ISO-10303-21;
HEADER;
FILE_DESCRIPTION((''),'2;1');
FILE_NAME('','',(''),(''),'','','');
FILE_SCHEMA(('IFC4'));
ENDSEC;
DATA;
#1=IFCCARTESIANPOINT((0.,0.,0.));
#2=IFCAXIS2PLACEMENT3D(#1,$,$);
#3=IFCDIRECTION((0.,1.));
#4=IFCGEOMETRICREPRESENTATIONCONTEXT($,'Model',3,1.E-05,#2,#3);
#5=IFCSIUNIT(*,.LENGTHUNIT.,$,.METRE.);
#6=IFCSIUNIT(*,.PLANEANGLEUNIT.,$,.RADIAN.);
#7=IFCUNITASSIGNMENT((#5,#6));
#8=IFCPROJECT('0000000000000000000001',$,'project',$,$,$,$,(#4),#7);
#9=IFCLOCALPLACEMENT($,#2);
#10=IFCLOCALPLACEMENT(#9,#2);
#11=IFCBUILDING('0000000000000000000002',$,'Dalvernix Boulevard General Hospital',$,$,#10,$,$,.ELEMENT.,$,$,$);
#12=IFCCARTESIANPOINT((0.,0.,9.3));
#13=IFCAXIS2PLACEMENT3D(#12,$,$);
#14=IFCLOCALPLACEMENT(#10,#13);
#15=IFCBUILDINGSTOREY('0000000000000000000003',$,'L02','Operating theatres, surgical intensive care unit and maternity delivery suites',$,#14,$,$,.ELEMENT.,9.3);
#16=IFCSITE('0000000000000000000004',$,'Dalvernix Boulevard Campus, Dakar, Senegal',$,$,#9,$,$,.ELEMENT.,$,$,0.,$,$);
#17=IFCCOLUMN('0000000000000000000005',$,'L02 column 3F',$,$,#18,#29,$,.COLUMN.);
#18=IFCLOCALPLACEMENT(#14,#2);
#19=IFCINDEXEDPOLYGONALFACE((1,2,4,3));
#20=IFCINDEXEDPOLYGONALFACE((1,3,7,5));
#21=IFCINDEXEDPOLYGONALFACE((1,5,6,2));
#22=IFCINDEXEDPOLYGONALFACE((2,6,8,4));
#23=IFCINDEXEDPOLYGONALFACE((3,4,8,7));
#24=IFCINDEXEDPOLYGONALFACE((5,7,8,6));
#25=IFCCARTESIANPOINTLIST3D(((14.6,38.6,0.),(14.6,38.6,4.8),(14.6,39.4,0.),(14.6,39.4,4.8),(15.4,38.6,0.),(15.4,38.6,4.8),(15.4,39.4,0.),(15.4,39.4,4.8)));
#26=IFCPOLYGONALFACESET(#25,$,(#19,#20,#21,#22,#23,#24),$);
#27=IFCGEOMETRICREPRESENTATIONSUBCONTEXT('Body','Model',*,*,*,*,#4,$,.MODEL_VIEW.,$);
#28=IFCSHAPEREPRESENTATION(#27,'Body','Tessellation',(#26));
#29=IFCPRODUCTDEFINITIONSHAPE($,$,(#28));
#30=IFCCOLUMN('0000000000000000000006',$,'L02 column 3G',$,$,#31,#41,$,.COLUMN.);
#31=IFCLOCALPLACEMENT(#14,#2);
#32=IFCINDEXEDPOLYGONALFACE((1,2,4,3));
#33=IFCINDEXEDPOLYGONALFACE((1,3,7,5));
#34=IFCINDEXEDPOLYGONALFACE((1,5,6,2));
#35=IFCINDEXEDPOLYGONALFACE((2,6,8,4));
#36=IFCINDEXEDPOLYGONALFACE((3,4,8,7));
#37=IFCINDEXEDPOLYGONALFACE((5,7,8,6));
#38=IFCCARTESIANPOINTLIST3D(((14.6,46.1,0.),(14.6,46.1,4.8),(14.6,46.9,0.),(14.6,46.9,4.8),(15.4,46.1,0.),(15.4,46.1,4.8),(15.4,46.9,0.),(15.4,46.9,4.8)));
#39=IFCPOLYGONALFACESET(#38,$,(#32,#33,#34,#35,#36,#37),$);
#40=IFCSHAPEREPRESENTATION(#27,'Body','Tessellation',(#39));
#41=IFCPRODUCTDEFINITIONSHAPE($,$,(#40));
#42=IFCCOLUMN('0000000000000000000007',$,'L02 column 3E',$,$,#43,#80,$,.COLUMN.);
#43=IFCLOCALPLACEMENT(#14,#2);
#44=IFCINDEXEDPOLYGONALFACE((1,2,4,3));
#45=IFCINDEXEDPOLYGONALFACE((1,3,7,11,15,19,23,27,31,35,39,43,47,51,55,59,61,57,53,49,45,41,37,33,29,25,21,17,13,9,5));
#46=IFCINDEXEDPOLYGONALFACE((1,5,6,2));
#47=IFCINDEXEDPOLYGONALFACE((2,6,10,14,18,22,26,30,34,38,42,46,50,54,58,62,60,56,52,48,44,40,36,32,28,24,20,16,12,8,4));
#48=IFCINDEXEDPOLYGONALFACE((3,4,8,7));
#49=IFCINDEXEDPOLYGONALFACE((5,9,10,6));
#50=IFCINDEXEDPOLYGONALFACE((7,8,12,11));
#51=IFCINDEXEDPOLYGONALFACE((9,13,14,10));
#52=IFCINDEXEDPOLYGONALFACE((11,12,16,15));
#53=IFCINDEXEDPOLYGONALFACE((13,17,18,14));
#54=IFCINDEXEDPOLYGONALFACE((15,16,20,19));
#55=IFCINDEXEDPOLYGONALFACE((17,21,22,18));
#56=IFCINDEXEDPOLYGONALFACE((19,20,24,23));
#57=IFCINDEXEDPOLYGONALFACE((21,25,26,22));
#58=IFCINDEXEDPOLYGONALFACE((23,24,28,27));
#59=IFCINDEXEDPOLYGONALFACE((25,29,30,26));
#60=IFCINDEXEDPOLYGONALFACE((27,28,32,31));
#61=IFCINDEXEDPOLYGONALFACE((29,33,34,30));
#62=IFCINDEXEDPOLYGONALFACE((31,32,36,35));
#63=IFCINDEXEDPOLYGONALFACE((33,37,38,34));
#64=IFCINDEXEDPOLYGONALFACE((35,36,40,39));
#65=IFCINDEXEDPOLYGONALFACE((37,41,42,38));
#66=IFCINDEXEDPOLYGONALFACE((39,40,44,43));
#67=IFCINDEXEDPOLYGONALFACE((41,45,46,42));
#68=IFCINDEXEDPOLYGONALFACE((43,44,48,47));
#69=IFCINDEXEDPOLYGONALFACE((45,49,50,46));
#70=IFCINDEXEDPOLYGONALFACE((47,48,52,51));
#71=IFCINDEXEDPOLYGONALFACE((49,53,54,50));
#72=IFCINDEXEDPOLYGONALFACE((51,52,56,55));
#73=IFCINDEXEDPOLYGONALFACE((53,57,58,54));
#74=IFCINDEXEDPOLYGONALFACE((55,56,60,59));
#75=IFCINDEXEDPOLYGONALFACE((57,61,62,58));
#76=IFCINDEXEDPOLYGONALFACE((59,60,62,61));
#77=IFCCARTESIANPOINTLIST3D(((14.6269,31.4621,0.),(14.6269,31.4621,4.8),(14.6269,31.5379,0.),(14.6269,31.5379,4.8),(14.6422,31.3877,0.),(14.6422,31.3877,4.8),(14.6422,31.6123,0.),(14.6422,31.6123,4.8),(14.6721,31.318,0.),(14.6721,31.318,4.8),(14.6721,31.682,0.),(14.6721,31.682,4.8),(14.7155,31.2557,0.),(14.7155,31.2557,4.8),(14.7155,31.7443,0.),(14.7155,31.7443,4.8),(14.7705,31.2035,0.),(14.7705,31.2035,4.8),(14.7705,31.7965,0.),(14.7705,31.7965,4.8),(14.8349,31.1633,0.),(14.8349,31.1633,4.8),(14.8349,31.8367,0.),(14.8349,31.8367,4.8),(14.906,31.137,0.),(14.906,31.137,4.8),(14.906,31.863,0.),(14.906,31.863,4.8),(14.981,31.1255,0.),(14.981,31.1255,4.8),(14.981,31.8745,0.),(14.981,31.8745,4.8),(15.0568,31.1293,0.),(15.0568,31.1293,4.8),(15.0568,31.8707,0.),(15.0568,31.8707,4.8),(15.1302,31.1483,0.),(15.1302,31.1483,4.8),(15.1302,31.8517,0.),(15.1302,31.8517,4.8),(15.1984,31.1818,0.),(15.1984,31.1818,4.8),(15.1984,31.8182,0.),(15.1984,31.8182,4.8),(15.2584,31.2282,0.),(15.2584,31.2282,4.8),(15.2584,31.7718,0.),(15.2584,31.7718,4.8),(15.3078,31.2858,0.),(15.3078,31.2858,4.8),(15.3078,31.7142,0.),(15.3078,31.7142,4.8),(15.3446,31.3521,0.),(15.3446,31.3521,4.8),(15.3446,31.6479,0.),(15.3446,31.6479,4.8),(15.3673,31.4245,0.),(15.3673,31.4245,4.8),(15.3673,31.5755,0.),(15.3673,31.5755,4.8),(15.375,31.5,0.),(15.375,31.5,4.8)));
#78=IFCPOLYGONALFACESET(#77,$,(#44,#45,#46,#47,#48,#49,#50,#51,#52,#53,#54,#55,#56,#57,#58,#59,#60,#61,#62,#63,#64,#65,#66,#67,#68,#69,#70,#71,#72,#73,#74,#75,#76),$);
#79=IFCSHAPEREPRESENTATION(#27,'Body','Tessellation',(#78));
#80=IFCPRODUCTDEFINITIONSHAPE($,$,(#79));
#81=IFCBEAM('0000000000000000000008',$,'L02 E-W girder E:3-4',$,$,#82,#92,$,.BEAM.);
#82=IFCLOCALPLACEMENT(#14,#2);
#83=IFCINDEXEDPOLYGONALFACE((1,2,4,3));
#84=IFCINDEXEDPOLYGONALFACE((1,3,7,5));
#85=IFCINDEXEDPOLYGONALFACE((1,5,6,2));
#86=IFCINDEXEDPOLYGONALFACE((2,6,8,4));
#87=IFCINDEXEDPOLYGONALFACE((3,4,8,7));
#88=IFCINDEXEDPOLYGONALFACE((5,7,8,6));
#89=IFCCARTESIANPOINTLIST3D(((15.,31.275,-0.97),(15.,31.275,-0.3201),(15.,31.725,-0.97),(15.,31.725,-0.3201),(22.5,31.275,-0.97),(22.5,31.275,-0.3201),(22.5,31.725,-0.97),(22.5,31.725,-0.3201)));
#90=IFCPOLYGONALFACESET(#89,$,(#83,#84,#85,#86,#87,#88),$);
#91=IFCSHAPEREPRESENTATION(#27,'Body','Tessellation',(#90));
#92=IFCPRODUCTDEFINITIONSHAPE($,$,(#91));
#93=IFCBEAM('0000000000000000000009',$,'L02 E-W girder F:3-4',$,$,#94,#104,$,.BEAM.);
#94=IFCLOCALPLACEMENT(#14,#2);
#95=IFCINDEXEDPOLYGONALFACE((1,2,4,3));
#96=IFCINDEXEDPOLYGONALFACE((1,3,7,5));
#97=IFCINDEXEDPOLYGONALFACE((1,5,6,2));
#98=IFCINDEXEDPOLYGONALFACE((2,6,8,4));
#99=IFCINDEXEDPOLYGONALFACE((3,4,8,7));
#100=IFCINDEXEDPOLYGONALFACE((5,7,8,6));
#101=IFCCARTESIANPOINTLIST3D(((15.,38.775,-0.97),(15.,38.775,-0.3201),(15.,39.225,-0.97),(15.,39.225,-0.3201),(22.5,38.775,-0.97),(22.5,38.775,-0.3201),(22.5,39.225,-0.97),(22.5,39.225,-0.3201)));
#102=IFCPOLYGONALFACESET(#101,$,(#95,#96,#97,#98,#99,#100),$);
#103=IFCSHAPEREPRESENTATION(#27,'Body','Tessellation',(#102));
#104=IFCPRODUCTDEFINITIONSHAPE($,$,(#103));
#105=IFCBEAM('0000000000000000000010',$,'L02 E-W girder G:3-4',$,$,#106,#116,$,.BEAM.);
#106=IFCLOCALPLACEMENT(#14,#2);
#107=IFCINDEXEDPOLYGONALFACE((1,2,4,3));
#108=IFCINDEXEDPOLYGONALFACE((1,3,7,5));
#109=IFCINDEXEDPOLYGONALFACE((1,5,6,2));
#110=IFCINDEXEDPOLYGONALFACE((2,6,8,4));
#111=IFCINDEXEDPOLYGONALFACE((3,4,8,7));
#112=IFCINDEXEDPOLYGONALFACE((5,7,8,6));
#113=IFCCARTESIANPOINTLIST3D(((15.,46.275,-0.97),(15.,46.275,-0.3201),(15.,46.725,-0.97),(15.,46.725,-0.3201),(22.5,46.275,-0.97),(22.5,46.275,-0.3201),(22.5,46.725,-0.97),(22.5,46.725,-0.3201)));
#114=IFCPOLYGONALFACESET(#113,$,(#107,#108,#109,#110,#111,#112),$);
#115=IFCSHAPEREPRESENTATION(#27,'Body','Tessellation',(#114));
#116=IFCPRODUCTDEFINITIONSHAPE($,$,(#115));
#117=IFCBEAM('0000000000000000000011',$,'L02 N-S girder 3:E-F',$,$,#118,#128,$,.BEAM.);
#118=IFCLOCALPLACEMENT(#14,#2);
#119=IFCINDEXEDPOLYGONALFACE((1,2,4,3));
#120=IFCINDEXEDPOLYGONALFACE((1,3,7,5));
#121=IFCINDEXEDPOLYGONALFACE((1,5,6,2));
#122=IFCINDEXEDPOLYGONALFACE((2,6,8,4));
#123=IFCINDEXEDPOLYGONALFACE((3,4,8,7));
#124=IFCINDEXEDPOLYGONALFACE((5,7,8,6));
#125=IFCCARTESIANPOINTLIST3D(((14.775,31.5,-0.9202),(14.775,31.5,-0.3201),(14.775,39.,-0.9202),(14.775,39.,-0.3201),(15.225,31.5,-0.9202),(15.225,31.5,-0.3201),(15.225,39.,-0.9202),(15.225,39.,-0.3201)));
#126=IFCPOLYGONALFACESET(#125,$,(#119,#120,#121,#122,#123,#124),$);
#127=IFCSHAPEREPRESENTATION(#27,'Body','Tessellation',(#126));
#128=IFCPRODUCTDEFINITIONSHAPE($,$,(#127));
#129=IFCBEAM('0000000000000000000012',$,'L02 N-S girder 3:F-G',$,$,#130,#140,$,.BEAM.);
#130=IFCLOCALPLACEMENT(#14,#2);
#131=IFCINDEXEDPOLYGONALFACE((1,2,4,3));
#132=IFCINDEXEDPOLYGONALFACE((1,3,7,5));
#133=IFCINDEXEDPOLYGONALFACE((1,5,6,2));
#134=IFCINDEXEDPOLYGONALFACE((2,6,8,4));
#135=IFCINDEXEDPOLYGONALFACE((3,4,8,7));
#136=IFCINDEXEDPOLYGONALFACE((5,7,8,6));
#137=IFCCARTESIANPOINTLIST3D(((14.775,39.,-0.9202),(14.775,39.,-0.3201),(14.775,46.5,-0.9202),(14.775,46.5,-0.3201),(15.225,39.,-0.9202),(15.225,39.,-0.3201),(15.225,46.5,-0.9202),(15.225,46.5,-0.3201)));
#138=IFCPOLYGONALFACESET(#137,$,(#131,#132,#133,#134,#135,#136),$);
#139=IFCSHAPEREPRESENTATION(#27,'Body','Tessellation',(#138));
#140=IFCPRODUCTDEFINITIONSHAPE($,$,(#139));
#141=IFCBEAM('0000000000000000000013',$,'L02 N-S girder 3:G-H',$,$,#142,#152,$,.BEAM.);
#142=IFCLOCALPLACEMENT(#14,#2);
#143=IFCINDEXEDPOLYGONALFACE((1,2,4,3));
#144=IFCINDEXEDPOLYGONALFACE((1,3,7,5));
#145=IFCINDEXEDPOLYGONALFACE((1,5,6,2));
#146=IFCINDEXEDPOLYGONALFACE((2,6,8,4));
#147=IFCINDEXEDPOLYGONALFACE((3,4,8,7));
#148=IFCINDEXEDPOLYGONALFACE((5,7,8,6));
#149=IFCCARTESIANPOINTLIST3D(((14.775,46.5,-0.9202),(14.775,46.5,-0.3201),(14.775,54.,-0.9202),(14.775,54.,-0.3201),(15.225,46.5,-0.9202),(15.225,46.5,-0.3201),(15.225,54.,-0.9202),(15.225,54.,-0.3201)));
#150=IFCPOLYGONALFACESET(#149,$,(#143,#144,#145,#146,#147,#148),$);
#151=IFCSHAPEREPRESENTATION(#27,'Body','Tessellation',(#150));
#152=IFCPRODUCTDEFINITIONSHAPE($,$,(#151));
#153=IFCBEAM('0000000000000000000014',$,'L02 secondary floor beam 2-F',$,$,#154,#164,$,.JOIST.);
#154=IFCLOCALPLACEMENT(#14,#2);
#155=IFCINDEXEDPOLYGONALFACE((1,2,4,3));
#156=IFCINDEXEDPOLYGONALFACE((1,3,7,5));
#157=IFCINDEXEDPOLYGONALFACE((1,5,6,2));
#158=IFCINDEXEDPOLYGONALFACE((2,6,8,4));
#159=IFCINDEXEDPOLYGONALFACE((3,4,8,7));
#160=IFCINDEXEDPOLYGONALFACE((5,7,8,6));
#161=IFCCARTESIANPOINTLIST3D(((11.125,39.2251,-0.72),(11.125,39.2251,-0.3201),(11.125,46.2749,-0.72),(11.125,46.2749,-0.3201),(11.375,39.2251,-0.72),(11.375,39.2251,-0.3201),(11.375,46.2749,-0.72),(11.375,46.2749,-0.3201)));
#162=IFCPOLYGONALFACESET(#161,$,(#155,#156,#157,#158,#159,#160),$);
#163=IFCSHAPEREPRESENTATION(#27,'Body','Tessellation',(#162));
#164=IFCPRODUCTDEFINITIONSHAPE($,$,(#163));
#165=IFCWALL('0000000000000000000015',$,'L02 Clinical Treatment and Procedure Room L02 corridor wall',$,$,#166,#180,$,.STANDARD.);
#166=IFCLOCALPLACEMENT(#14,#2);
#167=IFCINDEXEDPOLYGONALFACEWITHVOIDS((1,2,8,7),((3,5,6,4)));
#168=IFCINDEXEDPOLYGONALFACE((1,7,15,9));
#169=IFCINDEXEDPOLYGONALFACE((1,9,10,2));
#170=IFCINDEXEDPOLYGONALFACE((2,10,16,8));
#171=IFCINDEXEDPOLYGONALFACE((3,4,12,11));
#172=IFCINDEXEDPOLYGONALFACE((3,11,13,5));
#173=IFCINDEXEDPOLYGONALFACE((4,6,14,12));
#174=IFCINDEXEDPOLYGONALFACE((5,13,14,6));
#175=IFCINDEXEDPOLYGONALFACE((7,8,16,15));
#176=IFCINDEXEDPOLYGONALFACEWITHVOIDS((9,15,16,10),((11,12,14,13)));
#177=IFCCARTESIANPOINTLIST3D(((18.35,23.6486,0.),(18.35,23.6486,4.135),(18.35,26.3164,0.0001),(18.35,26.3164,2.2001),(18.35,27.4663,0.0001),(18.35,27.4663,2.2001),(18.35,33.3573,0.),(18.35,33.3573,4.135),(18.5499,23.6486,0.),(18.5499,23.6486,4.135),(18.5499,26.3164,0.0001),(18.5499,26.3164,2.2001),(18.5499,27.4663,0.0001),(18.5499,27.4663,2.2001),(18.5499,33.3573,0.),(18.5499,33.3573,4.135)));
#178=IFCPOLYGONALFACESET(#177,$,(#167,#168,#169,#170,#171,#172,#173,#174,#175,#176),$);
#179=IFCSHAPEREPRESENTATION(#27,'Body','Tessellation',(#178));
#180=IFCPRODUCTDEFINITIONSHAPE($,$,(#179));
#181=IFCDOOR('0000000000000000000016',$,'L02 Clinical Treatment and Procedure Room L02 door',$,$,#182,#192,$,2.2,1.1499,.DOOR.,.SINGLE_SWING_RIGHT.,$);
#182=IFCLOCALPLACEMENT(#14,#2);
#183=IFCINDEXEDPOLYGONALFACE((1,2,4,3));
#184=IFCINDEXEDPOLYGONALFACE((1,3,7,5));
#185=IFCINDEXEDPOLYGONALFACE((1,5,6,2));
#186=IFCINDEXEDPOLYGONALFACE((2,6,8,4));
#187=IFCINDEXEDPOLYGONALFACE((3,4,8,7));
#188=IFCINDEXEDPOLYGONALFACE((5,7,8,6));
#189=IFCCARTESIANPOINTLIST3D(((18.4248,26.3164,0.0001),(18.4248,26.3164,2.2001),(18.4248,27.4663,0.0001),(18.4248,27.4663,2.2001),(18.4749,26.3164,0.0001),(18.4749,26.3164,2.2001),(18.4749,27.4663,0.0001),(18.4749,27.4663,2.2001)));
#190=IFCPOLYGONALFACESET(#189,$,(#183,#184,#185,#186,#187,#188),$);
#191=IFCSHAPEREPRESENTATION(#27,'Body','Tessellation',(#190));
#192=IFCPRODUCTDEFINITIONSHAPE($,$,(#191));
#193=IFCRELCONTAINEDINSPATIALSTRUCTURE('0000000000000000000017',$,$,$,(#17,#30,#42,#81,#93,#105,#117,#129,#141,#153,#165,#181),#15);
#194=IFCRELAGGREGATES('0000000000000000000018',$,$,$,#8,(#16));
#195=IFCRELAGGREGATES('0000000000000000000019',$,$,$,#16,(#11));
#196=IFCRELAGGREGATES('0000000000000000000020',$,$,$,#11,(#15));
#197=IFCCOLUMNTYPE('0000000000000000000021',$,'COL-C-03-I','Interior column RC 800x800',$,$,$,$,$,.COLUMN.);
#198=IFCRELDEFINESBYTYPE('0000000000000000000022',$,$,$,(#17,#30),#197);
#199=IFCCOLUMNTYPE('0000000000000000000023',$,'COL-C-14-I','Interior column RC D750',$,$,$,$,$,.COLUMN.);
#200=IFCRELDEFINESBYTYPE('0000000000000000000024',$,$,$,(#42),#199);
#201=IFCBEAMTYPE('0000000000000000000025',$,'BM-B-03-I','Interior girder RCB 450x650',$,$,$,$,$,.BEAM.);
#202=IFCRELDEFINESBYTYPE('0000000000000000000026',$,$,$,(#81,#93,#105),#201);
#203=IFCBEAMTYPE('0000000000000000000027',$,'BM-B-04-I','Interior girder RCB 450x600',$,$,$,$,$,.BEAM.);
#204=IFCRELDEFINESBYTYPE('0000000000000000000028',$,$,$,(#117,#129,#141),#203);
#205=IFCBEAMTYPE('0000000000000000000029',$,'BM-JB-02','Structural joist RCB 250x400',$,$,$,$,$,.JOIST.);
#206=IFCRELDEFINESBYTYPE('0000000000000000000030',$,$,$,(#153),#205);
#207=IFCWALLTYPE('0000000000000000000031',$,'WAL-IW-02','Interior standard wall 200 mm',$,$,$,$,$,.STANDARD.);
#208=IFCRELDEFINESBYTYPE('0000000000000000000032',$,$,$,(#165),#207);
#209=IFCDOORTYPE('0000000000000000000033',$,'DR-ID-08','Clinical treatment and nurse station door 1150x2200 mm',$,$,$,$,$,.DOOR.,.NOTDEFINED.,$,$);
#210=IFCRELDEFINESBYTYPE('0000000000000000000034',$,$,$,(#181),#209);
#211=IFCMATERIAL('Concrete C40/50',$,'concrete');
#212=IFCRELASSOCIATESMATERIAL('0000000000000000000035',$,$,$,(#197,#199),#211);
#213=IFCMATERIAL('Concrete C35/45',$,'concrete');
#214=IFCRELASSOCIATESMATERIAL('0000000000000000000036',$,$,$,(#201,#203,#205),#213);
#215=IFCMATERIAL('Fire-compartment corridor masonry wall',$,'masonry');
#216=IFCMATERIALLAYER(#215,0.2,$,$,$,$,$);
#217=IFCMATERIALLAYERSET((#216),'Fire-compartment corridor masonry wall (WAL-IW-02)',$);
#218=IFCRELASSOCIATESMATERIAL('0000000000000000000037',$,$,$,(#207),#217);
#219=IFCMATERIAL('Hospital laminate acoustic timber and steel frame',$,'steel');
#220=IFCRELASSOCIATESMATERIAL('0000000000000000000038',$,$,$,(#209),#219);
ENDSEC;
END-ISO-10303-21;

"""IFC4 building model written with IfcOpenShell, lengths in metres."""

from ifc_helpers import new_model, si_unit, direction, frame, frame_2d, origin, origin_2d, place, context, subcontext, project, spatial, rectangle, circle, extrude, material, layer, layer_set, material_profile, profile_set, type_object, element, fill, save


model = new_model("IFC4")

# Units and contexts
model_context = context("Model", 3, precision=1e-05, world=origin(), true_north=direction((0.0, 1.0)))
body_context = subcontext(model_context, "Body", "Model", "MODEL_VIEW")
ifc_project = project(units=[si_unit("LENGTHUNIT", "METRE"), si_unit("PLANEANGLEUNIT", "RADIAN")], contexts=[model_context])

# Site, building, storey
site_placement = place(None, origin())
site = spatial("IfcSite", under=ifc_project, at=site_placement, Name="Dalvernix Boulevard Campus, Dakar, Senegal", CompositionType="ELEMENT", RefElevation=0.0)
building_placement = place(site_placement, origin())
building = spatial("IfcBuilding", under=site, at=building_placement, Name="Dalvernix Boulevard General Hospital", CompositionType="ELEMENT")
storey_placement = place(building_placement, frame((0.0, 0.0, 9.3)))
storey = spatial("IfcBuildingStorey", under=building, at=storey_placement, Name="L02", Description="Operating theatres, surgical intensive care unit and maternity delivery suites", CompositionType="ELEMENT", Elevation=9.3)

# Columns
ifc_material_1 = material(Name="Concrete C40/50", Category="concrete")
ifc_material_profile_1 = material_profile(ifc_material_1, rectangle(XDim=0.8, YDim=0.8, at=origin_2d()), Name="RC 800x800")
ifc_profile_set_1 = profile_set([ifc_material_profile_1], Name="Concrete C40/50")
column_type_1 = type_object("IfcColumnType", Name="COL-C-03-I", Description="Interior column RC 800x800", PredefinedType="COLUMN", material=ifc_profile_set_1)
for number, where, z_axis, x_axis, name in (
    (1, (15.0, 39.0, 0.0), (0.0, 0.0, 1.0), (1.0, 0.0, 0.0), "L02 column 3F"),
    (2, (15.0, 46.5, 0.0), (0.0, 0.0, 1.0), (1.0, 0.0, 0.0), "L02 column 3G"),
):
    element("IfcColumn", number, at=place(storey_placement, frame(where, z_axis=z_axis, x_axis=x_axis)), inside=storey, type_object=column_type_1, Name=name, PredefinedType="COLUMN", context=body_context, shape_type="SweptSolid", body=[
        extrude(rectangle(XDim=0.8, YDim=0.8, at=origin_2d()), origin(), (0.0, 0.0, 1.0), 4.8),
    ])
ifc_material_profile_2 = material_profile(ifc_material_1, circle(Radius=0.375, at=origin_2d()), Name="RC D750")
ifc_profile_set_2 = profile_set([ifc_material_profile_2], Name="Concrete C40/50")
column_type_2 = type_object("IfcColumnType", Name="COL-C-14-I", Description="Interior column RC D750", PredefinedType="COLUMN", material=ifc_profile_set_2)
column_placement = place(storey_placement, frame((15.0, 31.5, 0.0), z_axis=(0.0, 0.0, 1.0), x_axis=(1.0, 0.0, 0.0)))
element("IfcColumn", 3, at=column_placement, inside=storey, type_object=column_type_2, Name="L02 column 3E", PredefinedType="COLUMN", context=body_context, shape_type="SweptSolid", body=[
    extrude(circle(Radius=0.375, at=origin_2d()), origin(), (0.0, 0.0, 1.0), 4.8),
])

# Beams
ifc_material_2 = material(Name="Concrete C35/45", Category="concrete")
ifc_material_profile_3 = material_profile(ifc_material_2, rectangle(XDim=0.45, YDim=0.6499, at=origin_2d()), Name="RCB 450x650")
ifc_profile_set_3 = profile_set([ifc_material_profile_3], Name="Concrete C35/45")
beam_type_1 = type_object("IfcBeamType", Name="BM-B-03-I", Description="Interior girder RCB 450x650", PredefinedType="BEAM", material=ifc_profile_set_3)
for number, where, z_axis, x_axis, name in (
    (4, (15.0, 31.5, -0.645), (1.0, 0.0, 0.0), (0.0, 1.0, 0.0), "L02 E-W girder E:3-4"),
    (5, (15.0, 39.0, -0.645), (1.0, 0.0, 0.0), (0.0, 1.0, 0.0), "L02 E-W girder F:3-4"),
    (6, (15.0, 46.5, -0.645), (1.0, 0.0, 0.0), (0.0, 1.0, 0.0), "L02 E-W girder G:3-4"),
):
    element("IfcBeam", number, at=place(storey_placement, frame(where, z_axis=z_axis, x_axis=x_axis)), inside=storey, type_object=beam_type_1, Name=name, PredefinedType="BEAM", context=body_context, shape_type="SweptSolid", body=[
        extrude(rectangle(XDim=0.45, YDim=0.6499, at=origin_2d()), origin(), (0.0, 0.0, 1.0), 7.5),
    ])
ifc_material_profile_4 = material_profile(ifc_material_2, rectangle(XDim=0.45, YDim=0.6001, at=origin_2d()), Name="RCB 450x600")
ifc_profile_set_4 = profile_set([ifc_material_profile_4], Name="Concrete C35/45")
beam_type_2 = type_object("IfcBeamType", Name="BM-B-04-I", Description="Interior girder RCB 450x600", PredefinedType="BEAM", material=ifc_profile_set_4)
for number, where, z_axis, x_axis, name in (
    (7, (15.0, 31.5, -0.6201), (0.0, 1.0, 0.0), (-1.0, 0.0, 0.0), "L02 N-S girder 3:E-F"),
    (8, (15.0, 39.0, -0.6201), (0.0, 1.0, 0.0), (-1.0, 0.0, 0.0), "L02 N-S girder 3:F-G"),
    (9, (15.0, 46.5, -0.6201), (0.0, 1.0, 0.0), (-1.0, 0.0, 0.0), "L02 N-S girder 3:G-H"),
):
    element("IfcBeam", number, at=place(storey_placement, frame(where, z_axis=z_axis, x_axis=x_axis)), inside=storey, type_object=beam_type_2, Name=name, PredefinedType="BEAM", context=body_context, shape_type="SweptSolid", body=[
        extrude(rectangle(XDim=0.45, YDim=0.6001, at=origin_2d()), origin(), (0.0, 0.0, 1.0), 7.5),
    ])
ifc_material_profile_5 = material_profile(ifc_material_2, rectangle(XDim=0.25, YDim=0.3999, at=origin_2d()), Name="RCB 250x400")
ifc_profile_set_5 = profile_set([ifc_material_profile_5], Name="Concrete C35/45")
beam_type_3 = type_object("IfcBeamType", Name="BM-JB-02", Description="Structural joist RCB 250x400", PredefinedType="JOIST", material=ifc_profile_set_5)
beam_placement = place(storey_placement, frame((11.25, 39.2251, -0.52), z_axis=(0.0, 1.0, 0.0), x_axis=(-1.0, 0.0, 0.0)))
element("IfcBeam", 10, at=beam_placement, inside=storey, type_object=beam_type_3, Name="L02 secondary floor beam 2-F", PredefinedType="JOIST", context=body_context, shape_type="SweptSolid", body=[
    extrude(rectangle(XDim=0.25, YDim=0.3999, at=origin_2d()), origin(), (0.0, 0.0, 1.0), 7.0498),
])

# Wall, opening, door
ifc_material_3 = material(Name="Fire-compartment corridor masonry wall", Category="masonry")
ifc_layer_1 = layer(ifc_material_3, 0.2)
ifc_layer_set_1 = layer_set([ifc_layer_1], Name="Fire-compartment corridor masonry wall (WAL-IW-02)")
wall_type_1 = type_object("IfcWallType", Name="WAL-IW-02", Description="Interior standard wall 200 mm", PredefinedType="STANDARD", material=ifc_layer_set_1)
wall_1_placement = place(storey_placement, frame((18.45, 33.3574, 0.0), z_axis=(0.0, 0.0, 1.0), x_axis=(0.0, -1.0, 0.0)))
wall_1 = element("IfcWall", 11, at=wall_1_placement, inside=storey, type_object=wall_type_1, Name="L02 Clinical Treatment and Procedure Room L02 corridor wall", PredefinedType="STANDARD", context=body_context, shape_type="SweptSolid", body=[
    extrude(rectangle(XDim=9.7087, YDim=0.2, at=frame_2d((4.8545, 0.0))), origin(), (0.0, 0.0, 1.0), 4.135),
])
opening_1_placement = place(wall_1_placement, frame((5.8911, 0.0, 0.0)))
opening_1 = element("IfcOpeningElement", 12, at=opening_1_placement, cuts=wall_1, PredefinedType="OPENING", context=body_context, shape_type="SweptSolid", body=[
    extrude(rectangle(XDim=1.1499, YDim=2.2, at=frame_2d((0.575, 1.1001))), frame((0.0, 0.1099, 0.0), z_axis=(0.0, -1.0, 0.0), x_axis=(1.0, 0.0, 0.0)), (0.0, 0.0, 1.0), 0.22),
])
ifc_material_4 = material(Name="Hospital laminate acoustic timber and steel frame", Category="steel")
door_type_1 = type_object("IfcDoorType", Name="DR-ID-08", Description="Clinical treatment and nurse station door 1150x2200 mm", OperationType="NOTDEFINED", PredefinedType="DOOR", material=ifc_material_4)
door_1_placement = place(opening_1_placement, origin())
door_1 = element("IfcDoor", 13, at=door_1_placement, inside=storey, type_object=door_type_1, Name="L02 Clinical Treatment and Procedure Room L02 door", OperationType="SINGLE_SWING_RIGHT", OverallHeight=2.2, OverallWidth=1.1499, PredefinedType="DOOR", context=body_context, shape_type="SweptSolid", body=[
    extrude(rectangle(XDim=1.1499, YDim=2.2, at=frame_2d((0.575, 1.1001))), frame((0.0, 0.0249, 0.0), z_axis=(0.0, -1.0, 0.0), x_axis=(1.0, 0.0, 0.0)), (0.0, 0.0, 1.0), 0.05),
])
fill(opening_1, door_1)

save(model, "model.ifc")
